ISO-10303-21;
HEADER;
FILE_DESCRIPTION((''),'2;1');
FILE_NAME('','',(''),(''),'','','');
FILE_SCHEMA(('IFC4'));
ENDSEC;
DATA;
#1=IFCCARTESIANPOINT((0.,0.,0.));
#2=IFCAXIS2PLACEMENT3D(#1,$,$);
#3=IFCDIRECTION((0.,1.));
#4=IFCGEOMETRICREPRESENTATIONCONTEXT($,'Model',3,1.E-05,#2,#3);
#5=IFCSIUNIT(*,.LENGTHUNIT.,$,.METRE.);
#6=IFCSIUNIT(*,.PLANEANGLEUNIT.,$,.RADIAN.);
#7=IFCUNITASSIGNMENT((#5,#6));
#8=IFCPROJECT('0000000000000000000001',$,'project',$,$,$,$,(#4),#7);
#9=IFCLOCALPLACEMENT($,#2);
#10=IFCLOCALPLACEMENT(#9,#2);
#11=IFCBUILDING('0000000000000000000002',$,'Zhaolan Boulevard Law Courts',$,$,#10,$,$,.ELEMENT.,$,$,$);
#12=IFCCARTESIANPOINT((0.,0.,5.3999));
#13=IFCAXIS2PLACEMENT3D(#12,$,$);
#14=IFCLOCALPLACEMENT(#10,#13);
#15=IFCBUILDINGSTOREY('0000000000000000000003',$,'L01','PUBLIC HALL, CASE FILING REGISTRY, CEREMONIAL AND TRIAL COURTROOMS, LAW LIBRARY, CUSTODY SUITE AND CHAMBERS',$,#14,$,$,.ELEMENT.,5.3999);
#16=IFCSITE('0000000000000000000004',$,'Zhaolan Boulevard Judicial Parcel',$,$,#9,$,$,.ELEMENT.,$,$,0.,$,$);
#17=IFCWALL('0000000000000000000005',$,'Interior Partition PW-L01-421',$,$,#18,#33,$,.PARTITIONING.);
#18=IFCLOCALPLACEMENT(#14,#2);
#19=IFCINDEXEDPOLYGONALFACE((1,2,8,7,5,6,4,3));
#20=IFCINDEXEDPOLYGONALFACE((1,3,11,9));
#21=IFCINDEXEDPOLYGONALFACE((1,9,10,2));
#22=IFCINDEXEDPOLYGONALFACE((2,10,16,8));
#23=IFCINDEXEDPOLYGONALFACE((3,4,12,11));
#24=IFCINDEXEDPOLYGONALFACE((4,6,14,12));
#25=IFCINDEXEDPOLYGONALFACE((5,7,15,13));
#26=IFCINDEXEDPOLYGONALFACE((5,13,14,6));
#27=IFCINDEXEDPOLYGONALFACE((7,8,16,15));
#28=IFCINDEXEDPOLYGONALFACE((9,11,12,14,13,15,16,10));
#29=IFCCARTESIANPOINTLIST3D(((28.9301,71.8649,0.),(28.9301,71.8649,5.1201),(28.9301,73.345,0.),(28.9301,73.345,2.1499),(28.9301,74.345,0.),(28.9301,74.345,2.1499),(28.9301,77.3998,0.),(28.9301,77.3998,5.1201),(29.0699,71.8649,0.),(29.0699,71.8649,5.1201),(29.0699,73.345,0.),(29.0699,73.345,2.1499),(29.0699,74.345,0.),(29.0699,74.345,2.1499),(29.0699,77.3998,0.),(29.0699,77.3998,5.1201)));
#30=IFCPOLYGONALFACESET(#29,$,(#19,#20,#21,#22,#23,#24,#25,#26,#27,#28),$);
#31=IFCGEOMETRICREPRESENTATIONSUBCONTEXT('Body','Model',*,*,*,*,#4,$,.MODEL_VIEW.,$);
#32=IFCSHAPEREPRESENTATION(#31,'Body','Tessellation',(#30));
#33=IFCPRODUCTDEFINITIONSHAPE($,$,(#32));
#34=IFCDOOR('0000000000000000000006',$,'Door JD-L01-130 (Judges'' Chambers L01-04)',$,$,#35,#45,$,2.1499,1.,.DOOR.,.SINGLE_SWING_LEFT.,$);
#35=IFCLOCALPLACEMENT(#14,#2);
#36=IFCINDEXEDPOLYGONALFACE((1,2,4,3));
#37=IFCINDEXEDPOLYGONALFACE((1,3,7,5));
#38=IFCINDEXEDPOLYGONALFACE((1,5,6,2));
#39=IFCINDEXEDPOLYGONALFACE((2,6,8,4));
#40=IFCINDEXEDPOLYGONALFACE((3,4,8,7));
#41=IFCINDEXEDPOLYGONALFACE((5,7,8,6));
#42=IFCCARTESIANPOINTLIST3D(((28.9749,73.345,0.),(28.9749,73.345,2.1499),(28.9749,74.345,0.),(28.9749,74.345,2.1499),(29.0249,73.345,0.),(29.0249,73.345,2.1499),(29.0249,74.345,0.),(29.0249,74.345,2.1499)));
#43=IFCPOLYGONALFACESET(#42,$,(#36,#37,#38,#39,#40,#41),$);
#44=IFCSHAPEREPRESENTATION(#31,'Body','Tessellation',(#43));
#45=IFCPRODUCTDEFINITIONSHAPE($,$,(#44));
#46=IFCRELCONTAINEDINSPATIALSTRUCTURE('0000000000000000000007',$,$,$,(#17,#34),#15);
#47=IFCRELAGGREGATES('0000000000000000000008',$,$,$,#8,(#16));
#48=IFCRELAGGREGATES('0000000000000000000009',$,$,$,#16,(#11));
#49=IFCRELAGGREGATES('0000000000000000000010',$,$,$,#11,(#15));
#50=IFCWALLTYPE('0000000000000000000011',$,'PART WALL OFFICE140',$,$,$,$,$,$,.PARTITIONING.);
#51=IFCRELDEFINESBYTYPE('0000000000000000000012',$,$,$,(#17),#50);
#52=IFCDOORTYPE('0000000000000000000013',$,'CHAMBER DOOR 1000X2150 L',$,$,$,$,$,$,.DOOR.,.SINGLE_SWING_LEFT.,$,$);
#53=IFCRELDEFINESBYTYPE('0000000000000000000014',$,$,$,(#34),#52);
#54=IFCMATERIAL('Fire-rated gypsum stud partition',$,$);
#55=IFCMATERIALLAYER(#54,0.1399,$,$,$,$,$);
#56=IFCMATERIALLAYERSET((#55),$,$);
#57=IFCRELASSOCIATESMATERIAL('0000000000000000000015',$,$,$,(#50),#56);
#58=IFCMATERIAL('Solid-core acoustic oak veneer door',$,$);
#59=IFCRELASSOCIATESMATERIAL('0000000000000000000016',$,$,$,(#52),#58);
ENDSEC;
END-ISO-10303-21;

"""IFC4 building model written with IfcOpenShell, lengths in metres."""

from ifc_helpers import new_model, si_unit, direction, frame, frame_2d, origin, place, context, subcontext, project, spatial, rectangle, extrude, material, layer, layer_set, type_object, element, fill, save


model = new_model("IFC4")

# Units and contexts
model_context = context("Model", 3, precision=1e-05, world=origin(), true_north=direction((0.0, 1.0)))
body_context = subcontext(model_context, "Body", "Model", "MODEL_VIEW")
ifc_project = project(units=[si_unit("LENGTHUNIT", "METRE"), si_unit("PLANEANGLEUNIT", "RADIAN")], contexts=[model_context])

# Site, building, storey
site_placement = place(None, origin())
site = spatial("IfcSite", under=ifc_project, at=site_placement, Name="Zhaolan Boulevard Judicial Parcel", CompositionType="ELEMENT", RefElevation=0.0)
building_placement = place(site_placement, origin())
building = spatial("IfcBuilding", under=site, at=building_placement, Name="Zhaolan Boulevard Law Courts", CompositionType="ELEMENT")
storey_placement = place(building_placement, frame((0.0, 0.0, 5.3999)))
storey = spatial("IfcBuildingStorey", under=building, at=storey_placement, Name="L01", Description="PUBLIC HALL, CASE FILING REGISTRY, CEREMONIAL AND TRIAL COURTROOMS, LAW LIBRARY, CUSTODY SUITE AND CHAMBERS", CompositionType="ELEMENT", Elevation=5.3999)

# Shared definitions
ifc_material_1 = material(Name="Fire-rated gypsum stud partition")
ifc_layer_1 = layer(ifc_material_1, 0.1399)
ifc_layer_set_1 = layer_set([ifc_layer_1])
wall_type_1 = type_object("IfcWallType", Name="PART WALL OFFICE140", PredefinedType="PARTITIONING", material=ifc_layer_set_1)

# Wall, opening, door
wall_1_placement = place(storey_placement, frame((29.0, 77.3999, 0.0), z_axis=(0.0, 0.0, 1.0), x_axis=(0.0, -1.0, 0.0)))
wall_1 = element("IfcWall", 1, at=wall_1_placement, inside=storey, type_object=wall_type_1, Name="Interior Partition PW-L01-421", PredefinedType="PARTITIONING", context=body_context, shape_type="SweptSolid", body=[
    extrude(rectangle(XDim=5.5349, YDim=0.1399, at=frame_2d((2.7676, 0.0))), origin(), (0.0, 0.0, 1.0), 5.1201),
])
opening_1_placement = place(wall_1_placement, frame((3.0549, 0.0, 0.0)))
opening_1 = element("IfcOpeningElement", 2, at=opening_1_placement, cuts=wall_1, PredefinedType="OPENING", context=body_context, shape_type="SweptSolid", body=[
    extrude(rectangle(XDim=1.0, YDim=2.1499, at=frame_2d((0.5, 1.075))), frame((0.0, 0.0798, 0.0), z_axis=(0.0, -1.0, 0.0), x_axis=(1.0, 0.0, 0.0)), (0.0, 0.0, 1.0), 0.1599),
])
ifc_material_2 = material(Name="Solid-core acoustic oak veneer door")
door_type_1 = type_object("IfcDoorType", Name="CHAMBER DOOR 1000X2150 L", OperationType="SINGLE_SWING_LEFT", PredefinedType="DOOR", material=ifc_material_2)
door_1_placement = place(opening_1_placement, origin())
door_1 = element("IfcDoor", 3, at=door_1_placement, inside=storey, type_object=door_type_1, Name="Door JD-L01-130 (Judges' Chambers L01-04)", OperationType="SINGLE_SWING_LEFT", OverallHeight=2.1499, OverallWidth=1.0, PredefinedType="DOOR", context=body_context, shape_type="SweptSolid", body=[
    extrude(rectangle(XDim=1.0, YDim=2.1499, at=frame_2d((0.5, 1.075))), frame((0.0, 0.0249, 0.0), z_axis=(0.0, -1.0, 0.0), x_axis=(1.0, 0.0, 0.0)), (0.0, 0.0, 1.0), 0.05),
])
fill(opening_1, door_1)

save(model, "model.ifc")
